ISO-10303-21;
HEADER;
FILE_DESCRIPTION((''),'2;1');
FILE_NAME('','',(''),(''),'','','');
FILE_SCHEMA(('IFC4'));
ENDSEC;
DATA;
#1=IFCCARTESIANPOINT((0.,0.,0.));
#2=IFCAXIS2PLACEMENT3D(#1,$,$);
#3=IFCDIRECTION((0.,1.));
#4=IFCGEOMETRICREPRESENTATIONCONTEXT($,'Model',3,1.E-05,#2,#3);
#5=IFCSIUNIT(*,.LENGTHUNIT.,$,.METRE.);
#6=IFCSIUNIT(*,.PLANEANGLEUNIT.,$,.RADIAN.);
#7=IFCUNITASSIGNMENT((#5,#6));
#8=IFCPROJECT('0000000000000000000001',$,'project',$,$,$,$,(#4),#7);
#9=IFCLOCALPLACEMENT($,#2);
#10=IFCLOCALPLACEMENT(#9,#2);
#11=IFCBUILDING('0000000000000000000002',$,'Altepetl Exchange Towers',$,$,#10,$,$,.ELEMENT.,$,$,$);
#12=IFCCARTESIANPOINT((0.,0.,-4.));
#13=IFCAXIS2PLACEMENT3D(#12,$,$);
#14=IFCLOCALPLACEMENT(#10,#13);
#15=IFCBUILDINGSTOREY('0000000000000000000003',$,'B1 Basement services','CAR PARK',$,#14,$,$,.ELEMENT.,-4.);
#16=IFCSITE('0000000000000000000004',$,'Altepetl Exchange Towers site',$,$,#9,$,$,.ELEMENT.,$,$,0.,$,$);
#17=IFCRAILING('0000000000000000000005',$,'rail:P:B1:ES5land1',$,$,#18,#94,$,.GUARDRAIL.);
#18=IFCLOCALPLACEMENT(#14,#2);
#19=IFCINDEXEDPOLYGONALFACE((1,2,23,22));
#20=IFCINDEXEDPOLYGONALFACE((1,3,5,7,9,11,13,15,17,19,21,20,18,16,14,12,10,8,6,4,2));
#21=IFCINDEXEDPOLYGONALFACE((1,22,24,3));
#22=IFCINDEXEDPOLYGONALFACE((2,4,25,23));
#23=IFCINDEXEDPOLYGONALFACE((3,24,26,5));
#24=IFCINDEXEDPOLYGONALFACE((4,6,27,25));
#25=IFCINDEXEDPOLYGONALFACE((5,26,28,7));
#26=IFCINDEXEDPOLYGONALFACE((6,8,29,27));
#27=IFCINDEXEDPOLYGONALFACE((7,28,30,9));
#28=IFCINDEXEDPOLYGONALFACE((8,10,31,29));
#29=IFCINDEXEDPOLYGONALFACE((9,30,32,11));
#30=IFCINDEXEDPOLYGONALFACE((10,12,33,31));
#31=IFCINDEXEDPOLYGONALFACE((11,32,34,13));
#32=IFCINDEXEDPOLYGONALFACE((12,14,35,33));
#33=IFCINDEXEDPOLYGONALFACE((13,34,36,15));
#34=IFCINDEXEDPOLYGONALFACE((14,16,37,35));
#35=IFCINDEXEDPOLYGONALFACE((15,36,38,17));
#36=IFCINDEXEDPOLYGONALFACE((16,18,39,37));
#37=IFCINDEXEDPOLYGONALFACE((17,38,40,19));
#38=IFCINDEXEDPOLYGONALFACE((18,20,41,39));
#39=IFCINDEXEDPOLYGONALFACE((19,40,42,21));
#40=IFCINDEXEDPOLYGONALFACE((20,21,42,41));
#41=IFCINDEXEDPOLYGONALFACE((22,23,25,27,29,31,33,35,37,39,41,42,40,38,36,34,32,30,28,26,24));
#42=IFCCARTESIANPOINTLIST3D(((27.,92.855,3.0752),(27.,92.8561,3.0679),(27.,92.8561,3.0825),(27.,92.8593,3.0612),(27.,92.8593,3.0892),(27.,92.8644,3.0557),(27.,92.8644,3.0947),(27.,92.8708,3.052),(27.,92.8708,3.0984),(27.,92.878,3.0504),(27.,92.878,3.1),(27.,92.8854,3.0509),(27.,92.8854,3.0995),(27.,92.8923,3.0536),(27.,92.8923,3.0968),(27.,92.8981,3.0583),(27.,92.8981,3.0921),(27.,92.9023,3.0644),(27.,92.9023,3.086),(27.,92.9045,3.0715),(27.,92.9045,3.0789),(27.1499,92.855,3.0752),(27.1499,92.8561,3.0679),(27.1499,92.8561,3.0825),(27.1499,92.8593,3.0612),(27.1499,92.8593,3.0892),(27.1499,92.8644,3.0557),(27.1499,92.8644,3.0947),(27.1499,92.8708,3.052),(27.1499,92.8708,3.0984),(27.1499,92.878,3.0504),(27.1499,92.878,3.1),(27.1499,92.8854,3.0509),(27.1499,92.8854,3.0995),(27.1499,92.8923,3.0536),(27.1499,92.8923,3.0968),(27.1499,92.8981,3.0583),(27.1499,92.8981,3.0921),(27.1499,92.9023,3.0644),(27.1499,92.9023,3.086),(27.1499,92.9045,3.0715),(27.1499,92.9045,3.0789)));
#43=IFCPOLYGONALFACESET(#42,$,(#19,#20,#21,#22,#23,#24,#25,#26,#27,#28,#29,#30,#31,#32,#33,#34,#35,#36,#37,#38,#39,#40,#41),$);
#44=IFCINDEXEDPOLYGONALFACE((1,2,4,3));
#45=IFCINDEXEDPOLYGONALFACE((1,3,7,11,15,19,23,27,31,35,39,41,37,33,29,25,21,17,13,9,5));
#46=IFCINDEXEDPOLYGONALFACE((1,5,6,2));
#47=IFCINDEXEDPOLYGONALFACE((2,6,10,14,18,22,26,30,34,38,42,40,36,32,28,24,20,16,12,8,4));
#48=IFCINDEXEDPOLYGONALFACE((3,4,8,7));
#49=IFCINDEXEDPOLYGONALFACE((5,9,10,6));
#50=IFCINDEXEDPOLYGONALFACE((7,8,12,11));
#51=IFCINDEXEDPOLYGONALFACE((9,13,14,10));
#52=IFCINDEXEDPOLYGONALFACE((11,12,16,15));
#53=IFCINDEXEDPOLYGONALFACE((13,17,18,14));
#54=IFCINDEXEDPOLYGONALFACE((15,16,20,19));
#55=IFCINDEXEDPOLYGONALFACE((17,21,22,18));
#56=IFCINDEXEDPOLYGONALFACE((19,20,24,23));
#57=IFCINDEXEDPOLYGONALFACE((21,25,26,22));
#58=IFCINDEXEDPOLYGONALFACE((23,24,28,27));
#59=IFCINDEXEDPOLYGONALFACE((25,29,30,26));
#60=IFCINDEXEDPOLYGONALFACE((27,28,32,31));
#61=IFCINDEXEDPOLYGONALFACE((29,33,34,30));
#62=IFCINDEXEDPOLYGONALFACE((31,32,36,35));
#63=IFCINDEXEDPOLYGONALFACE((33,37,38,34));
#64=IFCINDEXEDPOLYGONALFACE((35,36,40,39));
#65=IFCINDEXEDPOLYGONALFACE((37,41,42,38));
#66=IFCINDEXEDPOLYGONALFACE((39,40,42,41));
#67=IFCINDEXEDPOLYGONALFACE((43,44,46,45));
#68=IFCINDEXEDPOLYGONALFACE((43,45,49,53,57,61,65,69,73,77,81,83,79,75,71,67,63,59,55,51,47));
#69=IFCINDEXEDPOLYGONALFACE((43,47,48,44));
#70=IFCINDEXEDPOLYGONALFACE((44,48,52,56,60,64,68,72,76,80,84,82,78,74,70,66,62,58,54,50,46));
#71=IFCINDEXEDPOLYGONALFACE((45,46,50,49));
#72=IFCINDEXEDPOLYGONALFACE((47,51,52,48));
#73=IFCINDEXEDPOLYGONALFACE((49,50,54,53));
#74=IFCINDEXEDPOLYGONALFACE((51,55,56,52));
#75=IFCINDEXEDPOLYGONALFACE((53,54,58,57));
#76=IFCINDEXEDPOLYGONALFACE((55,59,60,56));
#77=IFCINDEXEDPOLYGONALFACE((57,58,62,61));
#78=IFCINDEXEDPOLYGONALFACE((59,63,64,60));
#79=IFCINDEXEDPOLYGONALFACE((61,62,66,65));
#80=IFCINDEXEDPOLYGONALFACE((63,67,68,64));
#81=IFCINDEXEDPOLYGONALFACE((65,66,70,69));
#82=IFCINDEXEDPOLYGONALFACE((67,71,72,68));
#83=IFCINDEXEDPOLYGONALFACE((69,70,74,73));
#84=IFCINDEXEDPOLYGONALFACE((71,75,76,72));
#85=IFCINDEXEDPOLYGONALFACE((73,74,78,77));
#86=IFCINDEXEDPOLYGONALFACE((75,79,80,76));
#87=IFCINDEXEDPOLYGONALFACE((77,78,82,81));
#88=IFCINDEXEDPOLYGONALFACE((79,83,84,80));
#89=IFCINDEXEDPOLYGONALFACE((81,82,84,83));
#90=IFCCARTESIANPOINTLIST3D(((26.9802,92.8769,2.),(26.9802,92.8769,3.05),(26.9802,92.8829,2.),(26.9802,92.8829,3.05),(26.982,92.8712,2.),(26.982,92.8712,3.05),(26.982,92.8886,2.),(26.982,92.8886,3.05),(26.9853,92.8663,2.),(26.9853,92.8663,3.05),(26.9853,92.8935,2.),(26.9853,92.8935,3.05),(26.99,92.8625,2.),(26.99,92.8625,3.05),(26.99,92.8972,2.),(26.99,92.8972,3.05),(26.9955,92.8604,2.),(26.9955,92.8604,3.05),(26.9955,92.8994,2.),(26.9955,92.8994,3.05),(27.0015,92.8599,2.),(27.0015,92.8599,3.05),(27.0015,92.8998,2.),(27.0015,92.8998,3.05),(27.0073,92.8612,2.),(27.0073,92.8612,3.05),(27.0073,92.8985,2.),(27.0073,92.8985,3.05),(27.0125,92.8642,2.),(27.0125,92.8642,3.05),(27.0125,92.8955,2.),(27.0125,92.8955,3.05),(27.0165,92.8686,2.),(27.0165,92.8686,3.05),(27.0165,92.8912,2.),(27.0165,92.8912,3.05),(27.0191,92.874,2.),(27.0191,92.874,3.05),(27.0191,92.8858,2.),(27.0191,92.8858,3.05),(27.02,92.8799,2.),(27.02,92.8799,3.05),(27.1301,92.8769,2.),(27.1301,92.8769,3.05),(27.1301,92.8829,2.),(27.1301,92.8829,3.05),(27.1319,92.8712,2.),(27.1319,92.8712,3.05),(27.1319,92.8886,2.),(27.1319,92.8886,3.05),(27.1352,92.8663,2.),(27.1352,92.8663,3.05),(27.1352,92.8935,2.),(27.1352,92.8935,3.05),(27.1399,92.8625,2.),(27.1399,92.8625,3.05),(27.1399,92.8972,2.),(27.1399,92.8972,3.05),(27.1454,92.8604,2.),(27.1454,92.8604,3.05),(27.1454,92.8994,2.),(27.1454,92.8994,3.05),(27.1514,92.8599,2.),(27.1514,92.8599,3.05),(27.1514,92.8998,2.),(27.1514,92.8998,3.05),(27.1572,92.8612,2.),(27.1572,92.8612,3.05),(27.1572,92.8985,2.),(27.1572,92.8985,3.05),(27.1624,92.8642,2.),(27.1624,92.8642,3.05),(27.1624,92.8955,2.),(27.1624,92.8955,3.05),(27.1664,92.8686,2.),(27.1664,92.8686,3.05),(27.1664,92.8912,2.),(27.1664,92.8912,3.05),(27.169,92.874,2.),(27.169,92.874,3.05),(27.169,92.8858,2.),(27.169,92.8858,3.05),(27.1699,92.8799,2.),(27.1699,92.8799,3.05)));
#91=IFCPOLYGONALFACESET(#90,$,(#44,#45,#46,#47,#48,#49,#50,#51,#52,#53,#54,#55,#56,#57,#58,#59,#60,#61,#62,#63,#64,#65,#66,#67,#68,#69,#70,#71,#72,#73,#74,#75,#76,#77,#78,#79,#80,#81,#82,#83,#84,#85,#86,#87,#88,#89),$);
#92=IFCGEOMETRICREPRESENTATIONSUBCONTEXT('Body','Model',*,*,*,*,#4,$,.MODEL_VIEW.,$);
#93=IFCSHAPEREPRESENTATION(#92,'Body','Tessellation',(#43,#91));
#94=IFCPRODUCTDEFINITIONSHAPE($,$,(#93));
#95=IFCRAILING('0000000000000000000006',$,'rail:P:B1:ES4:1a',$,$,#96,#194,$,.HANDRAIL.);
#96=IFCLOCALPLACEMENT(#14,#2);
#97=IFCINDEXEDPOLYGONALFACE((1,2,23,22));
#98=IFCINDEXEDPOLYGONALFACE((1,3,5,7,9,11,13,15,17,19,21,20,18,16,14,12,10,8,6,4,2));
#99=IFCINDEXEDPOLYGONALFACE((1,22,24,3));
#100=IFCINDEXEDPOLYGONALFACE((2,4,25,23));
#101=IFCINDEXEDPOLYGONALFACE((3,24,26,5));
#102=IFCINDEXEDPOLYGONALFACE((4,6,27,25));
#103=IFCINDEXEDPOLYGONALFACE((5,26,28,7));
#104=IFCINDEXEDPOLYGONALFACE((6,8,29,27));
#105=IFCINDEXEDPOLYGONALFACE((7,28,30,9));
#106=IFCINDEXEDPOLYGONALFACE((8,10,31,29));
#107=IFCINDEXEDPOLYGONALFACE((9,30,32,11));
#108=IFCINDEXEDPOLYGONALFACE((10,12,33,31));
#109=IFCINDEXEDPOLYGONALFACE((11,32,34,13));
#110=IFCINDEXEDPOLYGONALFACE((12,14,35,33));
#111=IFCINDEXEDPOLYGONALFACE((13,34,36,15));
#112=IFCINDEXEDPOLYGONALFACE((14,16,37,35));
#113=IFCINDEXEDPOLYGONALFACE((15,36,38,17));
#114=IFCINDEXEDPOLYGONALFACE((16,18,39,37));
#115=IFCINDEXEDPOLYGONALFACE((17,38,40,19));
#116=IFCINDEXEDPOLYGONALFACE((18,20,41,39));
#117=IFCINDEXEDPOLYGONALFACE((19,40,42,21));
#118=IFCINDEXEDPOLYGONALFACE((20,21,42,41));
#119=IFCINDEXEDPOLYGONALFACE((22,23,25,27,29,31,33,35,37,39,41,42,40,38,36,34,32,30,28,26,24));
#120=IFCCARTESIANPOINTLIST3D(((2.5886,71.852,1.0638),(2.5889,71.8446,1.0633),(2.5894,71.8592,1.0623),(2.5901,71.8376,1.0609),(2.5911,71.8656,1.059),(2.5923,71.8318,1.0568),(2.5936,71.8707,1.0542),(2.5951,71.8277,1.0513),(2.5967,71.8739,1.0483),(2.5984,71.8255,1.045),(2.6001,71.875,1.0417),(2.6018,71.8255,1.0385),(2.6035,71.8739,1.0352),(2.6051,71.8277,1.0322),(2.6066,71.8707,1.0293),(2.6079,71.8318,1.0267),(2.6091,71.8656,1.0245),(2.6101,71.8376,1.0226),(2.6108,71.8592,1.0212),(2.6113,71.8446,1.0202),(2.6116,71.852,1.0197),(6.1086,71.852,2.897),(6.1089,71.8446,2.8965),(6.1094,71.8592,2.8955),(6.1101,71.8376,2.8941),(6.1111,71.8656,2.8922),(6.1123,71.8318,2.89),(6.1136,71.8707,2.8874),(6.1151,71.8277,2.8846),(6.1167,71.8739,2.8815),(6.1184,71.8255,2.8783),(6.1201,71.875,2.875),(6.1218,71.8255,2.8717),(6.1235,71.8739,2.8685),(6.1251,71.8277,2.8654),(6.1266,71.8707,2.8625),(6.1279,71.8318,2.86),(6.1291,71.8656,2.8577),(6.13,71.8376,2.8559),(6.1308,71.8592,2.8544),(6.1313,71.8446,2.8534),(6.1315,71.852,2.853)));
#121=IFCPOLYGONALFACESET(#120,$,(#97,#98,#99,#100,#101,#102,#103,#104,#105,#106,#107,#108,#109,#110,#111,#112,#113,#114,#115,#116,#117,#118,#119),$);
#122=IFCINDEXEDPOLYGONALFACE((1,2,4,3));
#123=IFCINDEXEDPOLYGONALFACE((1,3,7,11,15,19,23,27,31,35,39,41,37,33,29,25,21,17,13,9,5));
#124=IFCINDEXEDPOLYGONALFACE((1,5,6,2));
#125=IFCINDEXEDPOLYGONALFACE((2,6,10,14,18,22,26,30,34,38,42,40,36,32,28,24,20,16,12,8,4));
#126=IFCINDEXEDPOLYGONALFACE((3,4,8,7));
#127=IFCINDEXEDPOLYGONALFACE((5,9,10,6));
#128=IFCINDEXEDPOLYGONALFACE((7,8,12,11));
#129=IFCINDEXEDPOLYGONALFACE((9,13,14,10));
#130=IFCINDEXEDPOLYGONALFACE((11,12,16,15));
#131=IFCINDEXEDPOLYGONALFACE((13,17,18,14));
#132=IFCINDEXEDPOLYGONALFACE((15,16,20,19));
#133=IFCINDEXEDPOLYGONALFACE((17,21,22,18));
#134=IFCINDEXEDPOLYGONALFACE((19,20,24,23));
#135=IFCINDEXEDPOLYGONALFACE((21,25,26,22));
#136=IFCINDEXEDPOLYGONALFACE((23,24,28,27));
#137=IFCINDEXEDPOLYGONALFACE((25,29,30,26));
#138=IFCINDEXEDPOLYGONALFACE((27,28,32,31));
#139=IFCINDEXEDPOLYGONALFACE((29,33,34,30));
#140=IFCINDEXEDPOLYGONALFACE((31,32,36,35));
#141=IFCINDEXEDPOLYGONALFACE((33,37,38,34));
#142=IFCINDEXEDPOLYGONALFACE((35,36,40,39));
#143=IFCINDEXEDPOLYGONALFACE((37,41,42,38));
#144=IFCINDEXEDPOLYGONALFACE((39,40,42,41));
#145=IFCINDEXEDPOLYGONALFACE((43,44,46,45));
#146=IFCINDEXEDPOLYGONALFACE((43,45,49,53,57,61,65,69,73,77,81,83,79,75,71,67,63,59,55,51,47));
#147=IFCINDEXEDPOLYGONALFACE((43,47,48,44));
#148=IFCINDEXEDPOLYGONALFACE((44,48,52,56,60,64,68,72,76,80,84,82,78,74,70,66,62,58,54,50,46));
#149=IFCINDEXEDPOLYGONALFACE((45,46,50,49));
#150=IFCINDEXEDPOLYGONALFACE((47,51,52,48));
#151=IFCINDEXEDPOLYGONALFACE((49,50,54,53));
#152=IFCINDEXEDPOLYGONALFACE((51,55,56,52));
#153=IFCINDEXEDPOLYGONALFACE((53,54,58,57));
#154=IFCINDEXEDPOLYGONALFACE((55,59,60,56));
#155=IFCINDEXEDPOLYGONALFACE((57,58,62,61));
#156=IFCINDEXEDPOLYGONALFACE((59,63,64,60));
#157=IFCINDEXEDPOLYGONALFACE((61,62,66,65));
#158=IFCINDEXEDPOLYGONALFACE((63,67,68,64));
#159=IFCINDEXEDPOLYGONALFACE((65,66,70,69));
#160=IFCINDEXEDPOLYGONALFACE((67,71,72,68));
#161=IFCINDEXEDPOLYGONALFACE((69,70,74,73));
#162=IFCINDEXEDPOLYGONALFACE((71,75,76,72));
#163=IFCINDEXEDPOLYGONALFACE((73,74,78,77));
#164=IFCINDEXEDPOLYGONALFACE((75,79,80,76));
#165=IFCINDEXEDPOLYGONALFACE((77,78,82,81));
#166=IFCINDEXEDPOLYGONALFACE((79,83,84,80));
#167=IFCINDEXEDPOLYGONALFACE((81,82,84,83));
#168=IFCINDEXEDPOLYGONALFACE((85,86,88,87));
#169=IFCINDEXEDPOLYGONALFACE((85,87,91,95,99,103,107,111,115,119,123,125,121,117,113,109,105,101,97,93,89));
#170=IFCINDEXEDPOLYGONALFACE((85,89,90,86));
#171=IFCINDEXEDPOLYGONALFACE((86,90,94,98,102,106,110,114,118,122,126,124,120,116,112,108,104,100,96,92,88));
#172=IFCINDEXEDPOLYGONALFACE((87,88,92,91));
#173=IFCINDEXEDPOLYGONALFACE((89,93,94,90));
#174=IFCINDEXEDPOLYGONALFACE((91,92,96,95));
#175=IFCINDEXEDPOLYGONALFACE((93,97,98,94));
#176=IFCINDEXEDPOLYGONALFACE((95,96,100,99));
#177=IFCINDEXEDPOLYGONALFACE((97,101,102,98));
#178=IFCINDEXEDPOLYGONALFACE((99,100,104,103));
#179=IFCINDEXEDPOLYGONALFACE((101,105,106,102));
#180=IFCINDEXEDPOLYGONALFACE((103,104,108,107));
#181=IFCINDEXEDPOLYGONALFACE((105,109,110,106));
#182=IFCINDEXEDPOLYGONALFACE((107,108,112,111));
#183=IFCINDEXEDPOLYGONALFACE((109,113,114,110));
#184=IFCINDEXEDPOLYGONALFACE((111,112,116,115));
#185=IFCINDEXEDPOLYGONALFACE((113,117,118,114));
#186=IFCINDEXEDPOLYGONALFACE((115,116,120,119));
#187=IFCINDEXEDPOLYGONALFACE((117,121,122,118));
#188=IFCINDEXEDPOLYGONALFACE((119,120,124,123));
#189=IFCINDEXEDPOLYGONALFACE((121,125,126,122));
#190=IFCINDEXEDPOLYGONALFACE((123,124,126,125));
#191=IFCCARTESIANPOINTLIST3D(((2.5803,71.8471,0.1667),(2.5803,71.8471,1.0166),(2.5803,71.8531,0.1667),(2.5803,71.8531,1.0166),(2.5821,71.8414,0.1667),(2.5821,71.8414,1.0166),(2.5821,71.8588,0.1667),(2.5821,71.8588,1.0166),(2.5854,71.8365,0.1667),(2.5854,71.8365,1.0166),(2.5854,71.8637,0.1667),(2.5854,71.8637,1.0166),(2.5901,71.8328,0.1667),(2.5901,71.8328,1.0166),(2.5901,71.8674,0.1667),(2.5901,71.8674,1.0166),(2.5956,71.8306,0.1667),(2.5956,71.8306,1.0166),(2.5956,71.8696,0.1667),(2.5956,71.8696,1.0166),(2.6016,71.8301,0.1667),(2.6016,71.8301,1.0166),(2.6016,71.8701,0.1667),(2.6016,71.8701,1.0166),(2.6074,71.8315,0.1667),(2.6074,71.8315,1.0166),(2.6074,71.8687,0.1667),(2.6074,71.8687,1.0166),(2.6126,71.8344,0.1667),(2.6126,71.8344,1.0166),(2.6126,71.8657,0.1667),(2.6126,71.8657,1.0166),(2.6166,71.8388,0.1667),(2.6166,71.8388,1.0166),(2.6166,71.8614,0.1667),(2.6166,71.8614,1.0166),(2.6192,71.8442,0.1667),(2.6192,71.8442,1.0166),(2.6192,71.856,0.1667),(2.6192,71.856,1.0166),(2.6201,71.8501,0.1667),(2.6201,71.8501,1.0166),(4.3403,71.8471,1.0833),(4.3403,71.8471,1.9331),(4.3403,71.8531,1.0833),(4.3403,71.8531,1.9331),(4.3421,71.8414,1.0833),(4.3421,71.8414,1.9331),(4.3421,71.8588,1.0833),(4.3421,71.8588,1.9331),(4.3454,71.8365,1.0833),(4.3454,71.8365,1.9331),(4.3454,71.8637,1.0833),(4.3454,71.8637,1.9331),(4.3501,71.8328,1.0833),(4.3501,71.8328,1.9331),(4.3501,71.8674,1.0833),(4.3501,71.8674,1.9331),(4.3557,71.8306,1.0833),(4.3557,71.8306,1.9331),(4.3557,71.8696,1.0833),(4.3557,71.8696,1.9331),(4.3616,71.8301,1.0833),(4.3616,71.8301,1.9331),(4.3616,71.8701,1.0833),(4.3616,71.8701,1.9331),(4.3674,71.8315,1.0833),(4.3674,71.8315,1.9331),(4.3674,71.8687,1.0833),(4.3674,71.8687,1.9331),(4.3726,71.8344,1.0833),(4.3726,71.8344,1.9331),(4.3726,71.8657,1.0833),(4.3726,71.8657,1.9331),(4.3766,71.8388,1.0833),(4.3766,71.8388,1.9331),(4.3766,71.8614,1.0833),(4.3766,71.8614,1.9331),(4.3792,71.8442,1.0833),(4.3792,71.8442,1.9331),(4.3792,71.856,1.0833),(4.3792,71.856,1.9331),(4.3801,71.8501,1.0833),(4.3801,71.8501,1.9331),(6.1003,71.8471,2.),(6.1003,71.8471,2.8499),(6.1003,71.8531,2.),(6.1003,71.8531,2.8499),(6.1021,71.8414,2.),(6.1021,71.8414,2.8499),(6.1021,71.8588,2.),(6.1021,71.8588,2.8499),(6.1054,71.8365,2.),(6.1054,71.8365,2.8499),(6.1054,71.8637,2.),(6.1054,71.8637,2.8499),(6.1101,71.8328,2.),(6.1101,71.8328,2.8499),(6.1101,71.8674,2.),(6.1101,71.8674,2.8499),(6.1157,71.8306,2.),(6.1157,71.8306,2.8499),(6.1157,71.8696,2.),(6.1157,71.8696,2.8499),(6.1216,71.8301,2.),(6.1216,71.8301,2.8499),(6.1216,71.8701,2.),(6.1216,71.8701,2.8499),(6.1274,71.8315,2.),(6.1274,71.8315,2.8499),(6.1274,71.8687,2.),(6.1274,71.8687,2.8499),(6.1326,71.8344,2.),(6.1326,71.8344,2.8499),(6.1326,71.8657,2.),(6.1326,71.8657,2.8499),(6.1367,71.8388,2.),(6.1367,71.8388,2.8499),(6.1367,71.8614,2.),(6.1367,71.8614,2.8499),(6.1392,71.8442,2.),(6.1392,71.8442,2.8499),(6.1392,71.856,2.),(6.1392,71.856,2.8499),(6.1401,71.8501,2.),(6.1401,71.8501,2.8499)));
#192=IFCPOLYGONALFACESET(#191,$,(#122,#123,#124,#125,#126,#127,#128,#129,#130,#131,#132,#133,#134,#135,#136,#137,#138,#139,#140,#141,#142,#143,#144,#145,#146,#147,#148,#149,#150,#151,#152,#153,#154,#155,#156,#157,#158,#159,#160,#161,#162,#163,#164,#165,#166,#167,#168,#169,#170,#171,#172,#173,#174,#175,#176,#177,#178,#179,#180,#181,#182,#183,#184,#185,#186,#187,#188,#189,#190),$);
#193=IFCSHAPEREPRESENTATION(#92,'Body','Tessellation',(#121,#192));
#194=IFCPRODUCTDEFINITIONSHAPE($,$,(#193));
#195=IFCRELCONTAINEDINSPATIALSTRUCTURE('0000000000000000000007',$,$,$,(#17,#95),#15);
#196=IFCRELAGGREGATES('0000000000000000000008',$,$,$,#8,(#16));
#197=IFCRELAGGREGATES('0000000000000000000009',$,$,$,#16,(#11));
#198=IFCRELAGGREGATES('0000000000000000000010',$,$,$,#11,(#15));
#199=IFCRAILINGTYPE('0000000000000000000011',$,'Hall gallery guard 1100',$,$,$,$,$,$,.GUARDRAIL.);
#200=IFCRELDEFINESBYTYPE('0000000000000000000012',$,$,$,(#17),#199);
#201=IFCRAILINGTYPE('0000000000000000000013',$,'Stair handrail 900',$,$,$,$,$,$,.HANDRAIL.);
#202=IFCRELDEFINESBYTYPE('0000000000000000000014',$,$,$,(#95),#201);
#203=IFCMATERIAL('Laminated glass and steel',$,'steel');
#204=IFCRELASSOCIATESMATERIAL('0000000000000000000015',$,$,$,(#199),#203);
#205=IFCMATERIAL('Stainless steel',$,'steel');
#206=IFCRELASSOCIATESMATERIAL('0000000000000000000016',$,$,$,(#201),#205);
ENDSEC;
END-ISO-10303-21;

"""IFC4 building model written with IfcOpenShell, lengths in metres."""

from ifc_helpers import new_model, si_unit, direction, frame, origin, origin_2d, place, context, subcontext, project, spatial, circle, extrude, source, transform, mapped, material, type_object, element, save


model = new_model("IFC4")

# Units and contexts
model_context = context("Model", 3, precision=1e-05, world=origin(), true_north=direction((0.0, 1.0)))
body_context = subcontext(model_context, "Body", "Model", "MODEL_VIEW")
ifc_project = project(units=[si_unit("LENGTHUNIT", "METRE"), si_unit("PLANEANGLEUNIT", "RADIAN")], contexts=[model_context])

# Site, building, storey
site_placement = place(None, origin())
site = spatial("IfcSite", under=ifc_project, at=site_placement, Name="Altepetl Exchange Towers site", CompositionType="ELEMENT", RefElevation=0.0)
building_placement = place(site_placement, origin())
building = spatial("IfcBuilding", under=site, at=building_placement, Name="Altepetl Exchange Towers", CompositionType="ELEMENT")
storey_placement = place(building_placement, frame((0.0, 0.0, -4.0)))
storey = spatial("IfcBuildingStorey", under=building, at=storey_placement, Name="B1 Basement services", Description="CAR PARK", CompositionType="ELEMENT", Elevation=-4.0)

# Railings
ifc_material_1 = material(Name="Laminated glass and steel", Category="steel")
railing_type_1 = type_object("IfcRailingType", Name="Hall gallery guard 1100", PredefinedType="GUARDRAIL", material=ifc_material_1)
shared_shape_1 = source(origin(), body_context, "Body", "SweptSolid", [
    extrude(circle(Radius=0.02, at=origin_2d()), origin(), (0.0, 0.0, 1.0), 1.05),
])
for number, where, name in (
    (1, (27.1499, 92.8799, 2.0), "rail:P:B1:ES5land1"),
):
    element("IfcRailing", number, at=place(storey_placement, frame(where)), inside=storey, type_object=railing_type_1, Name=name, PredefinedType="GUARDRAIL", context=body_context, shape_type="SweptSolid", body=[
        extrude(circle(Radius=0.0249, at=origin_2d()), frame((0.0, 0.0, 1.0752), z_axis=(-1.0, 0.0, 0.0), x_axis=(0.0, -1.0, 0.0)), (0.0, 0.0, 1.0), 0.1499),
        mapped(shared_shape_1, transform((0.0, 0.0, 0.0))),
        mapped(shared_shape_1, transform((-0.1499, 0.0, 0.0))),
    ])
ifc_material_2 = material(Name="Stainless steel", Category="steel")
railing_type_2 = type_object("IfcRailingType", Name="Stair handrail 900", PredefinedType="HANDRAIL", material=ifc_material_2)
shared_shape_2 = source(origin(), body_context, "Body", "SweptSolid", [
    extrude(circle(Radius=0.02, at=origin_2d()), origin(), (0.0, 0.0, 1.0), 0.8499),
])
for number, where, name in (
    (2, (2.6001, 71.8501, 0.1667), "rail:P:B1:ES4:1a"),
):
    element("IfcRailing", number, at=place(storey_placement, frame(where)), inside=storey, type_object=railing_type_2, Name=name, PredefinedType="HANDRAIL", context=body_context, shape_type="SweptSolid", body=[
        extrude(circle(Radius=0.0249, at=origin_2d()), frame((0.0, 0.0, 0.875), z_axis=(0.886924, 0.0, 0.461916), x_axis=(0.0, 1.0, 0.0)), (0.0, 0.0, 1.0), 3.9688),
        mapped(shared_shape_2, transform((0.0, 0.0, 0.0))),
        mapped(shared_shape_2, transform((1.76, 0.0, 0.9165))),
        mapped(shared_shape_2, transform((3.52, 0.0, 1.8333))),
    ])

save(model, "model.ifc")
